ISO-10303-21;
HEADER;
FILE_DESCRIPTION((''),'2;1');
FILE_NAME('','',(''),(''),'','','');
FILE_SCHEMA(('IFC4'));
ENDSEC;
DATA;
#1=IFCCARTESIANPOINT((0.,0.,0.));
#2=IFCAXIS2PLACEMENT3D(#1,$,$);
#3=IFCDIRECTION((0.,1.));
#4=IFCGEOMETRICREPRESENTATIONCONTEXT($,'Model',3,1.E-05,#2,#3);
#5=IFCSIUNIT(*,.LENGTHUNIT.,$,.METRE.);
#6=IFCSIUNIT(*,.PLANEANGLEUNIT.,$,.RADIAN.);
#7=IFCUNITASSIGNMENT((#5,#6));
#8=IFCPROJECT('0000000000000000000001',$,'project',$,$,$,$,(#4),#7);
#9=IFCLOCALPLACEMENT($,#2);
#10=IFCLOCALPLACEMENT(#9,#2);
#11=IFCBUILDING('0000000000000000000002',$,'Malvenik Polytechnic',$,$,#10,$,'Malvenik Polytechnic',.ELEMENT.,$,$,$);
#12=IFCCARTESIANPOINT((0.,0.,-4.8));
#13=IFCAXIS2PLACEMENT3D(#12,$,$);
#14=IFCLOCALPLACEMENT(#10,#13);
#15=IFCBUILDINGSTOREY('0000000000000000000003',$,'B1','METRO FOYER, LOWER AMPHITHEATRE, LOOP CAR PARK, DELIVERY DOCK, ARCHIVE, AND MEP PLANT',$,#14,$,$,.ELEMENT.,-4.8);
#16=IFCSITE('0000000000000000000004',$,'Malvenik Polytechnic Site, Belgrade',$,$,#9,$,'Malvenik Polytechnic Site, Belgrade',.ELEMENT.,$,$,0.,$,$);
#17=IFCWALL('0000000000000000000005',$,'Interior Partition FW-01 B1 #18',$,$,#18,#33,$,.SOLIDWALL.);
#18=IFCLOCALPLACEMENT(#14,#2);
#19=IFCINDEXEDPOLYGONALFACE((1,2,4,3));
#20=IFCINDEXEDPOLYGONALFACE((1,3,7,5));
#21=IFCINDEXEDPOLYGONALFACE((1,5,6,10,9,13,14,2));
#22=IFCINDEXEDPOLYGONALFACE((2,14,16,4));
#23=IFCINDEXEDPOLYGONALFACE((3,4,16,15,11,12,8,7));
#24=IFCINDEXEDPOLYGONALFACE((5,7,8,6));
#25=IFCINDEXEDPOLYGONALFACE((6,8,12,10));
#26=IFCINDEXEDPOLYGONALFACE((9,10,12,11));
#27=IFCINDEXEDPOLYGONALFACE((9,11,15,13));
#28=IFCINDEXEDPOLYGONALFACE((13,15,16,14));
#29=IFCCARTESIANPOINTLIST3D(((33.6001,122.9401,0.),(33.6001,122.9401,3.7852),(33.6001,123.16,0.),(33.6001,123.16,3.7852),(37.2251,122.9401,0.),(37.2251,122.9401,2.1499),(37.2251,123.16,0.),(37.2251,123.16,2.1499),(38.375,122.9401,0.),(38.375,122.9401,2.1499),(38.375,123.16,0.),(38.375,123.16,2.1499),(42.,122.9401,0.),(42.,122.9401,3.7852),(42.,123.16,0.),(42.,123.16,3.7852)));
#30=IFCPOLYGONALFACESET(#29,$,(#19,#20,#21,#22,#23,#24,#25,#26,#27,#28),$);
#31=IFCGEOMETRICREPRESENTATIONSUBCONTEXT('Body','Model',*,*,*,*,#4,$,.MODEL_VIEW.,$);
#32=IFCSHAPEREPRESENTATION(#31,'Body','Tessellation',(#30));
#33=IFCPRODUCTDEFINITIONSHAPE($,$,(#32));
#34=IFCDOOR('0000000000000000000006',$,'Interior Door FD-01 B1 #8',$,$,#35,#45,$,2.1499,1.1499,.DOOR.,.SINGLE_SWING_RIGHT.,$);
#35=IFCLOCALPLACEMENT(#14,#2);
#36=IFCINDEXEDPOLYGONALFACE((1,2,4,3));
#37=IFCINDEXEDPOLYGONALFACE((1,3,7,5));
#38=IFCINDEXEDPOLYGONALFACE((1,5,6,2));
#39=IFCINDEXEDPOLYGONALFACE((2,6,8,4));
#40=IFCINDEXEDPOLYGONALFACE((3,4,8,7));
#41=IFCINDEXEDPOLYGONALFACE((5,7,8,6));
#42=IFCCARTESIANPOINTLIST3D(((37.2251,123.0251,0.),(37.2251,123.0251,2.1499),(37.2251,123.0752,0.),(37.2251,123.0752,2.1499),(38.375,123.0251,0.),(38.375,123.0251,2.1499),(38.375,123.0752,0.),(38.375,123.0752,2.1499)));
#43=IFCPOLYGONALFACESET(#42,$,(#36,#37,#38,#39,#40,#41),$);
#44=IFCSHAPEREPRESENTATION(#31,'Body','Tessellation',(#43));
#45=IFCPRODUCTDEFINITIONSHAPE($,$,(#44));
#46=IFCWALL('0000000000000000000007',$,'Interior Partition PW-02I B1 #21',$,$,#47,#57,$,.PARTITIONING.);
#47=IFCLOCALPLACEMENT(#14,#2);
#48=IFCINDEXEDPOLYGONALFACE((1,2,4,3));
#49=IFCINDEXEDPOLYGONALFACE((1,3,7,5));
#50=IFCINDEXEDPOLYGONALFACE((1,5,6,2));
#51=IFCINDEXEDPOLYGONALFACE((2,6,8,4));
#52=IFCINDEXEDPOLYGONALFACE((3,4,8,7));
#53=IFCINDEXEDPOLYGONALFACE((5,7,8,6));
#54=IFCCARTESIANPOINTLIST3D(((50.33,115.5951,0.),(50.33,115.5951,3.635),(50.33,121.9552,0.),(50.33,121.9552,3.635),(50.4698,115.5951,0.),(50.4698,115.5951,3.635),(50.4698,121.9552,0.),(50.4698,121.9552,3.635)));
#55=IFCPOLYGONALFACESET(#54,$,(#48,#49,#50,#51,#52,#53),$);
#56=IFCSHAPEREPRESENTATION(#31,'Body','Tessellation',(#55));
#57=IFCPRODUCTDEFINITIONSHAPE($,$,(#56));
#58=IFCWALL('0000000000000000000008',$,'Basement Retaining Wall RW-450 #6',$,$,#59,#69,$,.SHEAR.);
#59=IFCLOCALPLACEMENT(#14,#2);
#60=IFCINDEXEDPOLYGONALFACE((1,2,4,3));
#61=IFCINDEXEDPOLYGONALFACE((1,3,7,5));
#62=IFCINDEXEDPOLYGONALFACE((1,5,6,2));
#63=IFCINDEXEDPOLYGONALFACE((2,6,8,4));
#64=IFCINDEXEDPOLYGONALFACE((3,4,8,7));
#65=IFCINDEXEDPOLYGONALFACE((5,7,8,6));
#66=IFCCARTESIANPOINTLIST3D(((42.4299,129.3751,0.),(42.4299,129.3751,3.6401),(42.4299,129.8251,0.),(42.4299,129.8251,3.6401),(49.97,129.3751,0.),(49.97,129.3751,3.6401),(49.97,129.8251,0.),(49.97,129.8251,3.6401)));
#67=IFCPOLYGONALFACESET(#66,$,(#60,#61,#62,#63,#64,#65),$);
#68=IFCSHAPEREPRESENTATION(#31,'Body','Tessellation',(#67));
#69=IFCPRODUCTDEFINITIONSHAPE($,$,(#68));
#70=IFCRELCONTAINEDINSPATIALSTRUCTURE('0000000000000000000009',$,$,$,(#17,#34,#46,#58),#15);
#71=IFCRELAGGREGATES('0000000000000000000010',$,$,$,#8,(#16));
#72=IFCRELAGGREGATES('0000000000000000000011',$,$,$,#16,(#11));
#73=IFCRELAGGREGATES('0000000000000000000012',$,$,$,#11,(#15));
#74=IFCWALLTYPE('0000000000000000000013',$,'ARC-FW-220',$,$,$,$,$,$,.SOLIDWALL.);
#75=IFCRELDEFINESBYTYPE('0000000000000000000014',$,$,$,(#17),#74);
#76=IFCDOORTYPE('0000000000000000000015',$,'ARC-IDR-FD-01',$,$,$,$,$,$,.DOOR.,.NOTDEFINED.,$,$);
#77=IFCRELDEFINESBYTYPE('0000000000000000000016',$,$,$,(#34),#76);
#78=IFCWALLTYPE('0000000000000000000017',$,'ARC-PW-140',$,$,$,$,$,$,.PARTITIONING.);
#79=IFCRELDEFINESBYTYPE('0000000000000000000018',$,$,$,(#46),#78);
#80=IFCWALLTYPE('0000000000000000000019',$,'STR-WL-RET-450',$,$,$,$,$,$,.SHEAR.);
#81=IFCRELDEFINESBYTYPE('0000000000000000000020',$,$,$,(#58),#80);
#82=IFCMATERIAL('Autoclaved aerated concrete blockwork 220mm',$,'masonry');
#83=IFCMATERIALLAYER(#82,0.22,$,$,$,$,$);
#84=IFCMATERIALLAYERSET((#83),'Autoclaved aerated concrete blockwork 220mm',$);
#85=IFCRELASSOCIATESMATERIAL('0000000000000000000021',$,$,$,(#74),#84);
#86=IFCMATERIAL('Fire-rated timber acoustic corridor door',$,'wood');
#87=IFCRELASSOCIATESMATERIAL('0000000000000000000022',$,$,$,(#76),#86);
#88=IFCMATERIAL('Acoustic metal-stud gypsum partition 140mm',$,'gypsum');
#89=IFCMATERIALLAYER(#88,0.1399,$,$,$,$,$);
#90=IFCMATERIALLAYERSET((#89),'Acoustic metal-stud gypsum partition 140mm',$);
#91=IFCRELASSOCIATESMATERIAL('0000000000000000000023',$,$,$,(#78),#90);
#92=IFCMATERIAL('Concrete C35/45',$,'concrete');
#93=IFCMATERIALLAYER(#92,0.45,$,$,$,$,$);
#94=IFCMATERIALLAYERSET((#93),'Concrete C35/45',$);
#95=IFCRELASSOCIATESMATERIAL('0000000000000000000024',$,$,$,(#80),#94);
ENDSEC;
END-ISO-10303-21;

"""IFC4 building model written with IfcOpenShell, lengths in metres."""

from ifc_helpers import new_model, si_unit, direction, frame, frame_2d, origin, place, context, subcontext, project, spatial, rectangle, extrude, material, layer, layer_set, type_object, element, fill, save


model = new_model("IFC4")

# Units and contexts
model_context = context("Model", 3, precision=1e-05, world=origin(), true_north=direction((0.0, 1.0)))
body_context = subcontext(model_context, "Body", "Model", "MODEL_VIEW")
ifc_project = project(units=[si_unit("LENGTHUNIT", "METRE"), si_unit("PLANEANGLEUNIT", "RADIAN")], contexts=[model_context])

# Site, building, storey
site_placement = place(None, origin())
site = spatial("IfcSite", under=ifc_project, at=site_placement, Name="Malvenik Polytechnic Site, Belgrade", LongName="Malvenik Polytechnic Site, Belgrade", CompositionType="ELEMENT", RefElevation=0.0)
building_placement = place(site_placement, origin())
building = spatial("IfcBuilding", under=site, at=building_placement, Name="Malvenik Polytechnic", LongName="Malvenik Polytechnic", CompositionType="ELEMENT")
storey_placement = place(building_placement, frame((0.0, 0.0, -4.8)))
storey = spatial("IfcBuildingStorey", under=building, at=storey_placement, Name="B1", Description="METRO FOYER, LOWER AMPHITHEATRE, LOOP CAR PARK, DELIVERY DOCK, ARCHIVE, AND MEP PLANT", CompositionType="ELEMENT", Elevation=-4.8)

# Shared definitions
ifc_material_1 = material(Name="Concrete C35/45", Category="concrete")

# Wall, opening, door
ifc_material_2 = material(Name="Autoclaved aerated concrete blockwork 220mm", Category="masonry")
ifc_layer_1 = layer(ifc_material_2, 0.22)
ifc_layer_set_1 = layer_set([ifc_layer_1], Name="Autoclaved aerated concrete blockwork 220mm")
wall_type_1 = type_object("IfcWallType", Name="ARC-FW-220", PredefinedType="SOLIDWALL", material=ifc_layer_set_1)
wall_1_placement = place(storey_placement, frame((42.0, 123.05, 0.0), z_axis=(0.0, 0.0, 1.0), x_axis=(-1.0, 0.0, 0.0)))
wall_1 = element("IfcWall", 1, at=wall_1_placement, inside=storey, type_object=wall_type_1, Name="Interior Partition FW-01 B1 #18", PredefinedType="SOLIDWALL", context=body_context, shape_type="SweptSolid", body=[
    extrude(rectangle(XDim=8.3999, YDim=0.22, at=frame_2d((4.2, 0.0))), origin(), (0.0, 0.0, 1.0), 3.7852),
])
opening_placement = place(wall_1_placement, frame((3.625, 0.0, 0.0)))
opening = element("IfcOpeningElement", 2, at=opening_placement, cuts=wall_1, PredefinedType="OPENING", context=body_context, shape_type="SweptSolid", body=[
    extrude(rectangle(XDim=1.1499, YDim=2.1499, at=frame_2d((0.575, 1.075))), frame((0.0, 0.1201, 0.0), z_axis=(0.0, -1.0, 0.0), x_axis=(1.0, 0.0, 0.0)), (0.0, 0.0, 1.0), 0.24),
])
ifc_material_3 = material(Name="Fire-rated timber acoustic corridor door", Category="wood")
door_type = type_object("IfcDoorType", Name="ARC-IDR-FD-01", OperationType="NOTDEFINED", PredefinedType="DOOR", material=ifc_material_3)
door_placement = place(opening_placement, origin())
door = element("IfcDoor", 3, at=door_placement, inside=storey, type_object=door_type, Name="Interior Door FD-01 B1 #8", OperationType="SINGLE_SWING_RIGHT", OverallHeight=2.1499, OverallWidth=1.1499, PredefinedType="DOOR", context=body_context, shape_type="SweptSolid", body=[
    extrude(rectangle(XDim=1.1499, YDim=2.1499, at=frame_2d((0.575, 1.075))), frame((0.0, 0.0249, 0.0), z_axis=(0.0, -1.0, 0.0), x_axis=(1.0, 0.0, 0.0)), (0.0, 0.0, 1.0), 0.05),
])
fill(opening, door)

# Walls
ifc_material_4 = material(Name="Acoustic metal-stud gypsum partition 140mm", Category="gypsum")
ifc_layer_2 = layer(ifc_material_4, 0.1399)
ifc_layer_set_2 = layer_set([ifc_layer_2], Name="Acoustic metal-stud gypsum partition 140mm")
wall_type_2 = type_object("IfcWallType", Name="ARC-PW-140", PredefinedType="PARTITIONING", material=ifc_layer_set_2)
wall_2_placement = place(storey_placement, frame((50.3999, 115.595, 0.0), z_axis=(0.0, 0.0, 1.0), x_axis=(0.0, 1.0, 0.0)))
element("IfcWall", 4, at=wall_2_placement, inside=storey, type_object=wall_type_2, Name="Interior Partition PW-02I B1 #21", PredefinedType="PARTITIONING", context=body_context, shape_type="SweptSolid", body=[
    extrude(rectangle(XDim=6.3601, YDim=0.1399, at=frame_2d((3.1802, 0.0))), origin(), (0.0, 0.0, 1.0), 3.635),
])
ifc_layer_3 = layer(ifc_material_1, 0.45)
ifc_layer_set_3 = layer_set([ifc_layer_3], Name="Concrete C35/45")
wall_type_3 = type_object("IfcWallType", Name="STR-WL-RET-450", PredefinedType="SHEAR", material=ifc_layer_set_3)
wall_3_placement = place(storey_placement, frame((42.4299, 129.6001, 0.0), z_axis=(0.0, 0.0, 1.0), x_axis=(1.0, 0.0, 0.0)))
element("IfcWall", 5, at=wall_3_placement, inside=storey, type_object=wall_type_3, Name="Basement Retaining Wall RW-450 #6", PredefinedType="SHEAR", context=body_context, shape_type="SweptSolid", body=[
    extrude(rectangle(XDim=7.54, YDim=0.45, at=frame_2d((3.77, 0.0))), origin(), (0.0, 0.0, 1.0), 3.6401),
])

save(model, "model.ifc")
